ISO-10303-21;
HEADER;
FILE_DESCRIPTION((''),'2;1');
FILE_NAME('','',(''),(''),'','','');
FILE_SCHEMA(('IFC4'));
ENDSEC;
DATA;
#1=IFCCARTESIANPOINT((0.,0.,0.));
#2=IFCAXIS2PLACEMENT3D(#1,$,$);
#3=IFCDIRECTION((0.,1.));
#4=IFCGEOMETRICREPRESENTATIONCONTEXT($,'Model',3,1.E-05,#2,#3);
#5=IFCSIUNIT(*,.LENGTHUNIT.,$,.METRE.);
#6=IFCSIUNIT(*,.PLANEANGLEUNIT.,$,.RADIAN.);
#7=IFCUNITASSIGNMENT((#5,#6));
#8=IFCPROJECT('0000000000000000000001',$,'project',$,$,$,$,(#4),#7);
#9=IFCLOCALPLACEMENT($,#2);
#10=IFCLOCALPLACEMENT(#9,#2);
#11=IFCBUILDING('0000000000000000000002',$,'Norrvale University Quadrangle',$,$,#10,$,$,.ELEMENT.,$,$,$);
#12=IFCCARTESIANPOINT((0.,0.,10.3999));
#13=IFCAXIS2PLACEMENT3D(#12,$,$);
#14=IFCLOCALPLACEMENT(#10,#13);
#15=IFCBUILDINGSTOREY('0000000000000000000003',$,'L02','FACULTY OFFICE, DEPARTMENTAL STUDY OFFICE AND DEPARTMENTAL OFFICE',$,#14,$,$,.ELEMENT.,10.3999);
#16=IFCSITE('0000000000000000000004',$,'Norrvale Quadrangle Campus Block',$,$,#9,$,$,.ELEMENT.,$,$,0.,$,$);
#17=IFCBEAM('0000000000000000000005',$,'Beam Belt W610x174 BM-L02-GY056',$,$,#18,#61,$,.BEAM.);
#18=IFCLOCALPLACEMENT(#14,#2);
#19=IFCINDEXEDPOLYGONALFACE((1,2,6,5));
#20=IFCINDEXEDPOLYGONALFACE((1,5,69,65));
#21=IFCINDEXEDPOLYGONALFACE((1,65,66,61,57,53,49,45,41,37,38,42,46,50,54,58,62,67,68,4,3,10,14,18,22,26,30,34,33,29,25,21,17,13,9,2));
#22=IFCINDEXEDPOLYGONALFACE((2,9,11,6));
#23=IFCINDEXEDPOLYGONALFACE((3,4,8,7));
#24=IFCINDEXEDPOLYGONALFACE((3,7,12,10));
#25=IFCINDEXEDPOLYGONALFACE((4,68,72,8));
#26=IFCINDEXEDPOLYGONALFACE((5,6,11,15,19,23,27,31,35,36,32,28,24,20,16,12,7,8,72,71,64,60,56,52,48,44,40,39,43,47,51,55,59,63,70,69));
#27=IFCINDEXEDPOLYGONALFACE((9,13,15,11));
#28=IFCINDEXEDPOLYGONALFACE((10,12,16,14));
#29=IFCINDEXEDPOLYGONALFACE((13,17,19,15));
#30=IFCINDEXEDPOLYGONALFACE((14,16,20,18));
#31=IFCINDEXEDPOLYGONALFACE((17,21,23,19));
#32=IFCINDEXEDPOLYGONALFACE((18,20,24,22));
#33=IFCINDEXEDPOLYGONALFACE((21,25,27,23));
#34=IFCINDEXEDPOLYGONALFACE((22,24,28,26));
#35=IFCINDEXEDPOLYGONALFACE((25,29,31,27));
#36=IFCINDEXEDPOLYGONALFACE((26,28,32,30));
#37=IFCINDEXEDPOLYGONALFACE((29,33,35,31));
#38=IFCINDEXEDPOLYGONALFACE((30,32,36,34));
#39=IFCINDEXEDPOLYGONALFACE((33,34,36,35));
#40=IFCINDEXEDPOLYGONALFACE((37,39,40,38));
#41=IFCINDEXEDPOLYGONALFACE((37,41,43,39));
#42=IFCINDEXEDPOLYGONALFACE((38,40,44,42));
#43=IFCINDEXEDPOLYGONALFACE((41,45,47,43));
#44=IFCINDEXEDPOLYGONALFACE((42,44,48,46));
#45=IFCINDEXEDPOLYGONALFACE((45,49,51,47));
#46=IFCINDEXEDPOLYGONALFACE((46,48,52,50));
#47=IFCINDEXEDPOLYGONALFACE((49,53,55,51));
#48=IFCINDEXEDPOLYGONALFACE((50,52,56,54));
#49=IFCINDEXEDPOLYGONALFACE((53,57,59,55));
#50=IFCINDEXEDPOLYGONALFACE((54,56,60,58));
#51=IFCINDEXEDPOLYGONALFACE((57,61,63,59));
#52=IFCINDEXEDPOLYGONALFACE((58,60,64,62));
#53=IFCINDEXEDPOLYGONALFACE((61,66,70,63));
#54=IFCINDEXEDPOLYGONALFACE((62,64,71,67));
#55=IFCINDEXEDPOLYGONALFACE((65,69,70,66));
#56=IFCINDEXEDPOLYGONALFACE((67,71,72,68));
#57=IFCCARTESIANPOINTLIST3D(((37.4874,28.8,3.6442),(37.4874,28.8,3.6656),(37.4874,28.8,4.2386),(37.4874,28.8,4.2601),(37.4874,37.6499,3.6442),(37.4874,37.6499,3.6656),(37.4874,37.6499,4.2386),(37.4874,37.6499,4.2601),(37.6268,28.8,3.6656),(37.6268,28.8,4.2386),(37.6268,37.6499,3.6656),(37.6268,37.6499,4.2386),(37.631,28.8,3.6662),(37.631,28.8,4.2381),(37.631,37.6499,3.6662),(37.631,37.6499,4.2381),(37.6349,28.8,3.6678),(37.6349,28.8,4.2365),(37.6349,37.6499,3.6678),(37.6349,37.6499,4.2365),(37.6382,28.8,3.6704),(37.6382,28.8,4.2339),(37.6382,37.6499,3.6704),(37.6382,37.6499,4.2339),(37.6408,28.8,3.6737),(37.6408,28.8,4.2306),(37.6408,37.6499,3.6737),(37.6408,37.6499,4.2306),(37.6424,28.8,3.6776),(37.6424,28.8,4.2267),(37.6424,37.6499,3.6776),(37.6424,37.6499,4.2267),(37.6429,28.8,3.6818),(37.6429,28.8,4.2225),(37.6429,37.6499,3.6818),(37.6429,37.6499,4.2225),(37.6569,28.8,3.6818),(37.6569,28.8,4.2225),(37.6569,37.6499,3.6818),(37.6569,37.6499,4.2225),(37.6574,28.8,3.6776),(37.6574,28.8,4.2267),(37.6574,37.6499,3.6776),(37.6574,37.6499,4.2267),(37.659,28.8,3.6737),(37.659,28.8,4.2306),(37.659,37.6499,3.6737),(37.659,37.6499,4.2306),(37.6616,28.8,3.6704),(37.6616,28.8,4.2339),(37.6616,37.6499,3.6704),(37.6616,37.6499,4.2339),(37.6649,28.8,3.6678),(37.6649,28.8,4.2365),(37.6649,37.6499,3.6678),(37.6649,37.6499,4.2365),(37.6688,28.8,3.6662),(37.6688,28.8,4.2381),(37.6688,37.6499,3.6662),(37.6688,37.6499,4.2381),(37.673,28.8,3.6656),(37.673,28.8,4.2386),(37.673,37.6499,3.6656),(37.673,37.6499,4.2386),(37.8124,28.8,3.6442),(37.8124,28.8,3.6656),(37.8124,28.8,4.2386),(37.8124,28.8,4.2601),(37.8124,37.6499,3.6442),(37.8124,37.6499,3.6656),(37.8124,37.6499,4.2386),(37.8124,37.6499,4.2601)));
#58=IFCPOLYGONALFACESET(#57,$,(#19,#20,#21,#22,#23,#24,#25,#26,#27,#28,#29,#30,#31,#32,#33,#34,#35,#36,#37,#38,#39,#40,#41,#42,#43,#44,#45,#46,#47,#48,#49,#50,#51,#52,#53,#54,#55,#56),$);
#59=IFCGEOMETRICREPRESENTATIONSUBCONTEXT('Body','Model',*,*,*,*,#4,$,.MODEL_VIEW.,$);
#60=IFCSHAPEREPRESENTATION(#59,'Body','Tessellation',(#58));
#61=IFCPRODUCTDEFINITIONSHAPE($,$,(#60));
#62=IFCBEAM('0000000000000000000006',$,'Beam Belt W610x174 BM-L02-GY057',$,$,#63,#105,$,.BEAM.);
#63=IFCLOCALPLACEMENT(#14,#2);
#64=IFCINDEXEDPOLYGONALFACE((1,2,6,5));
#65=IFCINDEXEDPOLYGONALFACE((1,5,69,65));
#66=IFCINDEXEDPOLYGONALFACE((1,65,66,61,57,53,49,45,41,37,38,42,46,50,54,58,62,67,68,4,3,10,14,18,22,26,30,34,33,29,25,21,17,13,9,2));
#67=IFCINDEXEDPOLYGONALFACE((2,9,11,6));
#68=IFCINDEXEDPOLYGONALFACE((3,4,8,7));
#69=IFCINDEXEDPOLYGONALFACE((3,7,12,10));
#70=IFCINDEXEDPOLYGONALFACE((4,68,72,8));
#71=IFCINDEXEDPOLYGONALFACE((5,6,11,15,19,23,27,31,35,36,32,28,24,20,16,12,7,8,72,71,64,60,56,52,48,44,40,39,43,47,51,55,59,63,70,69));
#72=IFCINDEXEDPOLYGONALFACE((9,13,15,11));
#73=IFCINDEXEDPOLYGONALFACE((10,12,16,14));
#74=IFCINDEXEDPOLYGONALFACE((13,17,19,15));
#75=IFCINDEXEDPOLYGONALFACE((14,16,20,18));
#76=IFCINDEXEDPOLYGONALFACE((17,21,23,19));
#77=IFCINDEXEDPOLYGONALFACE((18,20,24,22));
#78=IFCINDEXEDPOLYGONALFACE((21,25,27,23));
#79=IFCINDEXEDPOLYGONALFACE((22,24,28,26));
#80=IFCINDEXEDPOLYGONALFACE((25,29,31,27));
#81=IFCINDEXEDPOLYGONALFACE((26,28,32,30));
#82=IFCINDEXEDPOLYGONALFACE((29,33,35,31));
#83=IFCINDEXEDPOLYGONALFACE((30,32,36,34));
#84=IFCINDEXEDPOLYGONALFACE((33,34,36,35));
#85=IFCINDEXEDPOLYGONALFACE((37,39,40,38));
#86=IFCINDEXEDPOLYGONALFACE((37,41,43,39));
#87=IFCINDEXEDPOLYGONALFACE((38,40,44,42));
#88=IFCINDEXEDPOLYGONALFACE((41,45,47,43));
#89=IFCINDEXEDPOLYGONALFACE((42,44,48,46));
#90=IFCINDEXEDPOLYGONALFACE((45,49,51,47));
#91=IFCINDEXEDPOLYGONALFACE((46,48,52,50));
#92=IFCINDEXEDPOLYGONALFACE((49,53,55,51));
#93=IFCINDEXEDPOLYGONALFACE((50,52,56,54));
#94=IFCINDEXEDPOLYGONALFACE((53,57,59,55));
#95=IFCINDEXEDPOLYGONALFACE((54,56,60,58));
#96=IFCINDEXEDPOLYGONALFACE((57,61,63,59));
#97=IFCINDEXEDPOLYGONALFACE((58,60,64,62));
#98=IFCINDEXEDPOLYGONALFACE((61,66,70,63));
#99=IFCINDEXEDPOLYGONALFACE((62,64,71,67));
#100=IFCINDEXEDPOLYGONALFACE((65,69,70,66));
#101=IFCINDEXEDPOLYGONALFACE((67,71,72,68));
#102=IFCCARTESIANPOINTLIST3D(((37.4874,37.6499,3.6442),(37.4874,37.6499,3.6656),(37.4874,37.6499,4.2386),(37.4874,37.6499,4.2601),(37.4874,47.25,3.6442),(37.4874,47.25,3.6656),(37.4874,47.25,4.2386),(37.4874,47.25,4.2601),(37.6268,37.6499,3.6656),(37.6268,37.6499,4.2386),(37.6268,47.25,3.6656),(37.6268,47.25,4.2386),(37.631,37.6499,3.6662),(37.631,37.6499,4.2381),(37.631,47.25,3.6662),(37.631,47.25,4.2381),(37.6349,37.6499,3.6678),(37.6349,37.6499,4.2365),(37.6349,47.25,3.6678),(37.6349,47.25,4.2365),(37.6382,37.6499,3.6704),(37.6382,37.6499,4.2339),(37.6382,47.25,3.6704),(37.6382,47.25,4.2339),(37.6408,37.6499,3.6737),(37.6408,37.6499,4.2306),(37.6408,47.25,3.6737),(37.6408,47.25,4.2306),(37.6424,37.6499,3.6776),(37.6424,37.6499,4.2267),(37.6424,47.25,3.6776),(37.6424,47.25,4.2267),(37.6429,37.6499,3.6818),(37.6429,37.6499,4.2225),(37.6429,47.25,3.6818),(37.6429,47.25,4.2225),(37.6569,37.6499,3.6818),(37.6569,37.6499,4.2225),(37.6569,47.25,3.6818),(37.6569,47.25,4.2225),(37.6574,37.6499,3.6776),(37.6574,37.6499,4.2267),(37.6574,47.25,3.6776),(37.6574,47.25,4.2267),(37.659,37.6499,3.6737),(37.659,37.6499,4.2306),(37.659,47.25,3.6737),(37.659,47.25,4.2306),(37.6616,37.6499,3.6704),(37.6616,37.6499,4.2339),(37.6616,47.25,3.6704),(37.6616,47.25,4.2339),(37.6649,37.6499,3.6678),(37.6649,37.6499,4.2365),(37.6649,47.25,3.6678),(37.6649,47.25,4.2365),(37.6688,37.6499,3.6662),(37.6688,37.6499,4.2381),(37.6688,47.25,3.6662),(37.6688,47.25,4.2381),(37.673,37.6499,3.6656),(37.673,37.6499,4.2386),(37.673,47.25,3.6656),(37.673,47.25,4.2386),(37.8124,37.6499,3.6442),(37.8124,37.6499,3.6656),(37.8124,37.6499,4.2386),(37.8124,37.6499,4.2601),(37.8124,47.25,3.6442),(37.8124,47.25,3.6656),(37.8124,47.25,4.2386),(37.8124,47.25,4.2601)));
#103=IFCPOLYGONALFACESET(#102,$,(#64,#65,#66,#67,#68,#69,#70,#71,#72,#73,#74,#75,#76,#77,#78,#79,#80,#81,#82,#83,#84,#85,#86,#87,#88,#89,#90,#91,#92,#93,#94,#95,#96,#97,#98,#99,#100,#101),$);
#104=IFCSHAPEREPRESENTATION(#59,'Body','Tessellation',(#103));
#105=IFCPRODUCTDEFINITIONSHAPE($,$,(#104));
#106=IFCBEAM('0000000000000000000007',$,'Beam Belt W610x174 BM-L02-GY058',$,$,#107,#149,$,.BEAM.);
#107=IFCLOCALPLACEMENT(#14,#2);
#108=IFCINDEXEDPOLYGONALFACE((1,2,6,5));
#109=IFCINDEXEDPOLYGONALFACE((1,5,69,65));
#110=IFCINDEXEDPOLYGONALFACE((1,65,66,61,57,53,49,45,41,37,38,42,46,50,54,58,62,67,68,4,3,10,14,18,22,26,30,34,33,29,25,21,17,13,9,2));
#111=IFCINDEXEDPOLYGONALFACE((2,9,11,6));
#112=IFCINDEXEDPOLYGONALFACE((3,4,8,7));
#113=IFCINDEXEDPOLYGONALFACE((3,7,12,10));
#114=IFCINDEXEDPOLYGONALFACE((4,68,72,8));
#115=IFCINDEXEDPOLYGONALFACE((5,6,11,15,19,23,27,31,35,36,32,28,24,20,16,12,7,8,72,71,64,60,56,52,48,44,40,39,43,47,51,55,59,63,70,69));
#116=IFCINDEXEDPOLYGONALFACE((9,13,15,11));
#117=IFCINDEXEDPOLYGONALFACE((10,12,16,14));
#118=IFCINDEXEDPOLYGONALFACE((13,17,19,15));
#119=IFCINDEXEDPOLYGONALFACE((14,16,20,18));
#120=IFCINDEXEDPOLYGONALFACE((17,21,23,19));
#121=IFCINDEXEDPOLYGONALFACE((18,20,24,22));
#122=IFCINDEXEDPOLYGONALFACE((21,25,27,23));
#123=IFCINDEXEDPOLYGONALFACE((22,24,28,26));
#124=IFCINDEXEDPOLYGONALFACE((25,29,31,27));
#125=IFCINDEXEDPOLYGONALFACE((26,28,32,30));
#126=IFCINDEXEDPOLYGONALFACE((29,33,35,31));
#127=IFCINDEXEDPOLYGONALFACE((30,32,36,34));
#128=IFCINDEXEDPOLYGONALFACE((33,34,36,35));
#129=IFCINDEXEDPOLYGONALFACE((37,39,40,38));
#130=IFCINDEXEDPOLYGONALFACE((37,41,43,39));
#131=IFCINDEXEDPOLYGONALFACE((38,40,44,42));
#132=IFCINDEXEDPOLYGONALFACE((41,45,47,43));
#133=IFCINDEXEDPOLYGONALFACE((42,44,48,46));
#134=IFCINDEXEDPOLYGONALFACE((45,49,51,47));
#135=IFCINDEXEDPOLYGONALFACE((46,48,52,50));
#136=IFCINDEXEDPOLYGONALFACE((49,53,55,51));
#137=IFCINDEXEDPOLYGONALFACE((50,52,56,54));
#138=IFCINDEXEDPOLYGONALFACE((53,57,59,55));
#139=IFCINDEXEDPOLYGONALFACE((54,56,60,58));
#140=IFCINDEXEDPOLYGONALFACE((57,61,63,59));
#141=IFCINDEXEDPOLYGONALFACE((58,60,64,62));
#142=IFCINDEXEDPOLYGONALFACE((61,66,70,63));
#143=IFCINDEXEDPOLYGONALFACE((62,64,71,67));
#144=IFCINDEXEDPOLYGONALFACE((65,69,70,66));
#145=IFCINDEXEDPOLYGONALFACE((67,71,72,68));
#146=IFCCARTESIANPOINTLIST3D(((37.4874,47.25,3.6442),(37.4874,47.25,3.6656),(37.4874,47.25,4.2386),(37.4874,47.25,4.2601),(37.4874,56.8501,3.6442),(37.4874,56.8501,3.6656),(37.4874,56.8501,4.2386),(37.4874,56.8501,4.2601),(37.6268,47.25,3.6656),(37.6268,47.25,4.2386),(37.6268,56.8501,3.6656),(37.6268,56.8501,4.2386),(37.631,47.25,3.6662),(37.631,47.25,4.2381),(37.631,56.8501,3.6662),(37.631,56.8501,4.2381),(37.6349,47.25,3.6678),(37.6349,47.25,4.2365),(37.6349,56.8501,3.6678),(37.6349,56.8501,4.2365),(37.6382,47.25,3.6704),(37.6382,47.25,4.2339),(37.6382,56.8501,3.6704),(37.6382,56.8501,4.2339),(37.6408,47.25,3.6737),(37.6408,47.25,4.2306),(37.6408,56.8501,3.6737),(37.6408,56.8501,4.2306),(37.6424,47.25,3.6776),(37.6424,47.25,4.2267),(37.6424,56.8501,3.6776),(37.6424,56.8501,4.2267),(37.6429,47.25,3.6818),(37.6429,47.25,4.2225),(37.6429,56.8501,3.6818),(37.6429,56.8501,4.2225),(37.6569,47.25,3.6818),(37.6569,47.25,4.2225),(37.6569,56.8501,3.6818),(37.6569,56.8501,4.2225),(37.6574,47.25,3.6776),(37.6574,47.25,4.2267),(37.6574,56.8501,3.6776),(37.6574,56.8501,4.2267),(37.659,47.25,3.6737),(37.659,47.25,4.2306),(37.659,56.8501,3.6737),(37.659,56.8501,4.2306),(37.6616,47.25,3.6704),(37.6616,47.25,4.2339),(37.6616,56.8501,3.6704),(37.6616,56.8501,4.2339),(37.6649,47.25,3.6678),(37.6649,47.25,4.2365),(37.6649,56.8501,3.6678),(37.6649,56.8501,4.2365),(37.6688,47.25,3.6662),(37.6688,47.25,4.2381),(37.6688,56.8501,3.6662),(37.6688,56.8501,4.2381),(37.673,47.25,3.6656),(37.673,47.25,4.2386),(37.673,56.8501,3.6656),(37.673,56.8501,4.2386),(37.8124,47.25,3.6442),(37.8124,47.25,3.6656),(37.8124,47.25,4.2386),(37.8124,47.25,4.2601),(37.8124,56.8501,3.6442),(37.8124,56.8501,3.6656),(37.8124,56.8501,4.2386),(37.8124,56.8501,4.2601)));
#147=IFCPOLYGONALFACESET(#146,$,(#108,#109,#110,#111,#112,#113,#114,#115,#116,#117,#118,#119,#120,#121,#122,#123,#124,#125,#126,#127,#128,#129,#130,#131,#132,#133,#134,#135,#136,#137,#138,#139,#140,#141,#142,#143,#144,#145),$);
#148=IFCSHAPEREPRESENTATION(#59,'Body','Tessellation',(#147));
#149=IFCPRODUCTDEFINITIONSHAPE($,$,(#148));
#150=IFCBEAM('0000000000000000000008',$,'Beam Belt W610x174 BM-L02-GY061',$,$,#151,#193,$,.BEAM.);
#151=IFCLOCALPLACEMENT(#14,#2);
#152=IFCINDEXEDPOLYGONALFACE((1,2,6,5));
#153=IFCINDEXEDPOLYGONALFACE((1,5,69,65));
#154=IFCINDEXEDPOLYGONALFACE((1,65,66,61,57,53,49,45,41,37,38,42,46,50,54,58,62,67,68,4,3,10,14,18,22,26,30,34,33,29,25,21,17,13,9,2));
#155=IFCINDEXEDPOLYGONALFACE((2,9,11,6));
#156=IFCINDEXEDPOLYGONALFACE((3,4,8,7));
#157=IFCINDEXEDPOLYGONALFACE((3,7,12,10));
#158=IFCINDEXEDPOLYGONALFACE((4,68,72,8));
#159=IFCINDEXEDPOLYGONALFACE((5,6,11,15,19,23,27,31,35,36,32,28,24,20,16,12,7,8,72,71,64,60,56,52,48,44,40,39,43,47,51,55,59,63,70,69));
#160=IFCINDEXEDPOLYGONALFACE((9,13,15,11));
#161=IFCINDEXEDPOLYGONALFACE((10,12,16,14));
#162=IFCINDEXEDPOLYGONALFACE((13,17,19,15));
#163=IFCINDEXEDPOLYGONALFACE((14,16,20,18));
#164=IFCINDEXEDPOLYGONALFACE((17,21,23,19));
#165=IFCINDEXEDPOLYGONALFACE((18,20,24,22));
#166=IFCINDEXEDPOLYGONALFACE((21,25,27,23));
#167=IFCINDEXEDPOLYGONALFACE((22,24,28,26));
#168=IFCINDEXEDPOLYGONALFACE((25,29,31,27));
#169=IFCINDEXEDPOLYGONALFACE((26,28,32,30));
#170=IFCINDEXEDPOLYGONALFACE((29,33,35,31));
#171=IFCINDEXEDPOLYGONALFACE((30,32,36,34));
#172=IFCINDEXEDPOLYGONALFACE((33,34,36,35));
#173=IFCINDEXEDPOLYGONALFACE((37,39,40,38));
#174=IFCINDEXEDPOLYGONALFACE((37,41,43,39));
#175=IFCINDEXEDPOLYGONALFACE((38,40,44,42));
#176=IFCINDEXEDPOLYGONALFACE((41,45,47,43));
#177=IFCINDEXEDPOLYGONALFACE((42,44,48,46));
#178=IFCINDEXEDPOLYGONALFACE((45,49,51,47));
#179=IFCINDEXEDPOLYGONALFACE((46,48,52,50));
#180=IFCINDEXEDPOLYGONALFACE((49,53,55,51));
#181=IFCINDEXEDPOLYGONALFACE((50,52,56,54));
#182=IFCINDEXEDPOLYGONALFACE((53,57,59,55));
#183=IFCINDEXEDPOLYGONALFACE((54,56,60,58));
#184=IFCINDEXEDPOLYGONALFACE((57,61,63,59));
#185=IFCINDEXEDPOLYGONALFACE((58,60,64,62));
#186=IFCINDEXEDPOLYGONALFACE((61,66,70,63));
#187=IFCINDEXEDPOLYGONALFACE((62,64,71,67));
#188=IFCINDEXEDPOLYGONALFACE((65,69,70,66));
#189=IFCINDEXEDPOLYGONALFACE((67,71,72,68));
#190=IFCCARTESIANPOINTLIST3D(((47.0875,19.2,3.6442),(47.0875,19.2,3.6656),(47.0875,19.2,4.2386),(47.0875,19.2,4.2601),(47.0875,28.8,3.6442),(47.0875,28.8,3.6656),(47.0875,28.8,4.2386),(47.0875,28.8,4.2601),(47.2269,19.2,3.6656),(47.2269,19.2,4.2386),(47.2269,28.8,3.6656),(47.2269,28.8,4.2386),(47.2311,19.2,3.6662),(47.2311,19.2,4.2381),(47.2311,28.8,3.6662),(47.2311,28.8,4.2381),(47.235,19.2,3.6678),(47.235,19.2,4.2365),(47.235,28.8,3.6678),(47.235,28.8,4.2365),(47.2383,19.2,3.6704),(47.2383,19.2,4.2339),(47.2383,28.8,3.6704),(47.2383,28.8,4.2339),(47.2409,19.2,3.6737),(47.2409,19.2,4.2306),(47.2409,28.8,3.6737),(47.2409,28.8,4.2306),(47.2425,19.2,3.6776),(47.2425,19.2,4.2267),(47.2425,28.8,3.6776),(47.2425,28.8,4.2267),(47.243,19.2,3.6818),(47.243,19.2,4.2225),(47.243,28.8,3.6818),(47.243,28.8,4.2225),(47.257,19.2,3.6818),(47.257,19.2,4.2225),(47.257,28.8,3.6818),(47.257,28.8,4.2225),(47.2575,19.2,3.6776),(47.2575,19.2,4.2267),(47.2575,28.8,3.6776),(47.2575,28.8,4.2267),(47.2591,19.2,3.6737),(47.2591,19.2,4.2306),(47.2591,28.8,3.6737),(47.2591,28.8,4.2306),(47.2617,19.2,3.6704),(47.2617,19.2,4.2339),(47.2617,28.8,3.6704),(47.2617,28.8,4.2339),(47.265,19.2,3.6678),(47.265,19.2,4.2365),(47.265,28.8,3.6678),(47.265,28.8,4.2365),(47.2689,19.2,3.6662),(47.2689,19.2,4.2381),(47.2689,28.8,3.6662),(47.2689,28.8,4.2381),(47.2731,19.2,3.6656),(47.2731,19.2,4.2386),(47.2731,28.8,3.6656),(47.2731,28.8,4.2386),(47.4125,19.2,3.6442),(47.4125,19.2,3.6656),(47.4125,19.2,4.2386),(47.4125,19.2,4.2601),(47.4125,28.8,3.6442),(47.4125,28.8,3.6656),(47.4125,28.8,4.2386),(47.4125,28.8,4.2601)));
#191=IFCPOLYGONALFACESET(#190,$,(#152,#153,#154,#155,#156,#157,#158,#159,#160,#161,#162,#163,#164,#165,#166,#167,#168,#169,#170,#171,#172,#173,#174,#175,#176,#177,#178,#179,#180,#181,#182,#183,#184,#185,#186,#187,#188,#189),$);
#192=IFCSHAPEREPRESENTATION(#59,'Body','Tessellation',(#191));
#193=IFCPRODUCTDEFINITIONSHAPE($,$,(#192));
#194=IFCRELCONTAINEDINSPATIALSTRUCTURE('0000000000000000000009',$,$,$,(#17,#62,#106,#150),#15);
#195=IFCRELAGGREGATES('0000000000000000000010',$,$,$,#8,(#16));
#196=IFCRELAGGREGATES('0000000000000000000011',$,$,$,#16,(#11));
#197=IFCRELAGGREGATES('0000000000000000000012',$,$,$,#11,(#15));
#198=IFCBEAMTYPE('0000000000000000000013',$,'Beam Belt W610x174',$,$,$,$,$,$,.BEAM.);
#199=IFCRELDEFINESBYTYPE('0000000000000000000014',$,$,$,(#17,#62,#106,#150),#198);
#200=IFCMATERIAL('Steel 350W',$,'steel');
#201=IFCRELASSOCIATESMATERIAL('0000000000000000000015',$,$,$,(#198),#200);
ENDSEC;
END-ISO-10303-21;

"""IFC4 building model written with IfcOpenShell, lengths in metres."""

from ifc_helpers import new_model, si_unit, direction, frame, origin, origin_2d, place, context, subcontext, project, spatial, i_section, extrude, material, material_profile, profile_set, type_object, element, save


model = new_model("IFC4")

# Units and contexts
model_context = context("Model", 3, precision=1e-05, world=origin(), true_north=direction((0.0, 1.0)))
body_context = subcontext(model_context, "Body", "Model", "MODEL_VIEW")
ifc_project = project(units=[si_unit("LENGTHUNIT", "METRE"), si_unit("PLANEANGLEUNIT", "RADIAN")], contexts=[model_context])

# Site, building, storey
site_placement = place(None, origin())
site = spatial("IfcSite", under=ifc_project, at=site_placement, Name="Norrvale Quadrangle Campus Block", CompositionType="ELEMENT", RefElevation=0.0)
building_placement = place(site_placement, origin())
building = spatial("IfcBuilding", under=site, at=building_placement, Name="Norrvale University Quadrangle", CompositionType="ELEMENT")
storey_placement = place(building_placement, frame((0.0, 0.0, 10.3999)))
storey = spatial("IfcBuildingStorey", under=building, at=storey_placement, Name="L02", Description="FACULTY OFFICE, DEPARTMENTAL STUDY OFFICE AND DEPARTMENTAL OFFICE", CompositionType="ELEMENT", Elevation=10.3999)

# Beams
ifc_material_1 = material(Name="Steel 350W", Category="steel")
ifc_material_profile_1 = material_profile(ifc_material_1, i_section(OverallWidth=0.325, OverallDepth=0.616, WebThickness=0.0139, FlangeThickness=0.0215, FilletRadius=0.0161, at=origin_2d()), Name="Steel 350W")
ifc_profile_set_1 = profile_set([ifc_material_profile_1], Name="Steel 350W")
beam_type_1 = type_object("IfcBeamType", Name="Beam Belt W610x174", PredefinedType="BEAM", material=ifc_profile_set_1)
beam_1_placement = place(storey_placement, frame((37.6499, 28.8, 3.9521), z_axis=(0.0, 1.0, 0.0), x_axis=(-1.0, 0.0, 0.0)))
element("IfcBeam", 1, at=beam_1_placement, inside=storey, type_object=beam_type_1, Name="Beam Belt W610x174 BM-L02-GY056", PredefinedType="BEAM", context=body_context, shape_type="SweptSolid", body=[
    extrude(i_section(OverallWidth=0.325, OverallDepth=0.616, WebThickness=0.0139, FlangeThickness=0.0215, FilletRadius=0.0161, at=origin_2d()), origin(), (0.0, 0.0, 1.0), 8.8499),
])
for number, where, z_axis, x_axis, name in (
    (2, (37.6499, 37.6499, 3.9521), (0.0, 1.0, 0.0), (-1.0, 0.0, 0.0), "Beam Belt W610x174 BM-L02-GY057"),
    (3, (37.6499, 47.25, 3.9521), (0.0, 1.0, 0.0), (-1.0, 0.0, 0.0), "Beam Belt W610x174 BM-L02-GY058"),
    (4, (47.25, 19.2, 3.9521), (0.0, 1.0, 0.0), (-1.0, 0.0, 0.0), "Beam Belt W610x174 BM-L02-GY061"),
):
    element("IfcBeam", number, at=place(storey_placement, frame(where, z_axis=z_axis, x_axis=x_axis)), inside=storey, type_object=beam_type_1, Name=name, PredefinedType="BEAM", context=body_context, shape_type="SweptSolid", body=[
        extrude(i_section(OverallWidth=0.325, OverallDepth=0.616, WebThickness=0.0139, FlangeThickness=0.0215, FilletRadius=0.0161, at=origin_2d()), origin(), (0.0, 0.0, 1.0), 9.6001),
    ])

save(model, "model.ifc")
